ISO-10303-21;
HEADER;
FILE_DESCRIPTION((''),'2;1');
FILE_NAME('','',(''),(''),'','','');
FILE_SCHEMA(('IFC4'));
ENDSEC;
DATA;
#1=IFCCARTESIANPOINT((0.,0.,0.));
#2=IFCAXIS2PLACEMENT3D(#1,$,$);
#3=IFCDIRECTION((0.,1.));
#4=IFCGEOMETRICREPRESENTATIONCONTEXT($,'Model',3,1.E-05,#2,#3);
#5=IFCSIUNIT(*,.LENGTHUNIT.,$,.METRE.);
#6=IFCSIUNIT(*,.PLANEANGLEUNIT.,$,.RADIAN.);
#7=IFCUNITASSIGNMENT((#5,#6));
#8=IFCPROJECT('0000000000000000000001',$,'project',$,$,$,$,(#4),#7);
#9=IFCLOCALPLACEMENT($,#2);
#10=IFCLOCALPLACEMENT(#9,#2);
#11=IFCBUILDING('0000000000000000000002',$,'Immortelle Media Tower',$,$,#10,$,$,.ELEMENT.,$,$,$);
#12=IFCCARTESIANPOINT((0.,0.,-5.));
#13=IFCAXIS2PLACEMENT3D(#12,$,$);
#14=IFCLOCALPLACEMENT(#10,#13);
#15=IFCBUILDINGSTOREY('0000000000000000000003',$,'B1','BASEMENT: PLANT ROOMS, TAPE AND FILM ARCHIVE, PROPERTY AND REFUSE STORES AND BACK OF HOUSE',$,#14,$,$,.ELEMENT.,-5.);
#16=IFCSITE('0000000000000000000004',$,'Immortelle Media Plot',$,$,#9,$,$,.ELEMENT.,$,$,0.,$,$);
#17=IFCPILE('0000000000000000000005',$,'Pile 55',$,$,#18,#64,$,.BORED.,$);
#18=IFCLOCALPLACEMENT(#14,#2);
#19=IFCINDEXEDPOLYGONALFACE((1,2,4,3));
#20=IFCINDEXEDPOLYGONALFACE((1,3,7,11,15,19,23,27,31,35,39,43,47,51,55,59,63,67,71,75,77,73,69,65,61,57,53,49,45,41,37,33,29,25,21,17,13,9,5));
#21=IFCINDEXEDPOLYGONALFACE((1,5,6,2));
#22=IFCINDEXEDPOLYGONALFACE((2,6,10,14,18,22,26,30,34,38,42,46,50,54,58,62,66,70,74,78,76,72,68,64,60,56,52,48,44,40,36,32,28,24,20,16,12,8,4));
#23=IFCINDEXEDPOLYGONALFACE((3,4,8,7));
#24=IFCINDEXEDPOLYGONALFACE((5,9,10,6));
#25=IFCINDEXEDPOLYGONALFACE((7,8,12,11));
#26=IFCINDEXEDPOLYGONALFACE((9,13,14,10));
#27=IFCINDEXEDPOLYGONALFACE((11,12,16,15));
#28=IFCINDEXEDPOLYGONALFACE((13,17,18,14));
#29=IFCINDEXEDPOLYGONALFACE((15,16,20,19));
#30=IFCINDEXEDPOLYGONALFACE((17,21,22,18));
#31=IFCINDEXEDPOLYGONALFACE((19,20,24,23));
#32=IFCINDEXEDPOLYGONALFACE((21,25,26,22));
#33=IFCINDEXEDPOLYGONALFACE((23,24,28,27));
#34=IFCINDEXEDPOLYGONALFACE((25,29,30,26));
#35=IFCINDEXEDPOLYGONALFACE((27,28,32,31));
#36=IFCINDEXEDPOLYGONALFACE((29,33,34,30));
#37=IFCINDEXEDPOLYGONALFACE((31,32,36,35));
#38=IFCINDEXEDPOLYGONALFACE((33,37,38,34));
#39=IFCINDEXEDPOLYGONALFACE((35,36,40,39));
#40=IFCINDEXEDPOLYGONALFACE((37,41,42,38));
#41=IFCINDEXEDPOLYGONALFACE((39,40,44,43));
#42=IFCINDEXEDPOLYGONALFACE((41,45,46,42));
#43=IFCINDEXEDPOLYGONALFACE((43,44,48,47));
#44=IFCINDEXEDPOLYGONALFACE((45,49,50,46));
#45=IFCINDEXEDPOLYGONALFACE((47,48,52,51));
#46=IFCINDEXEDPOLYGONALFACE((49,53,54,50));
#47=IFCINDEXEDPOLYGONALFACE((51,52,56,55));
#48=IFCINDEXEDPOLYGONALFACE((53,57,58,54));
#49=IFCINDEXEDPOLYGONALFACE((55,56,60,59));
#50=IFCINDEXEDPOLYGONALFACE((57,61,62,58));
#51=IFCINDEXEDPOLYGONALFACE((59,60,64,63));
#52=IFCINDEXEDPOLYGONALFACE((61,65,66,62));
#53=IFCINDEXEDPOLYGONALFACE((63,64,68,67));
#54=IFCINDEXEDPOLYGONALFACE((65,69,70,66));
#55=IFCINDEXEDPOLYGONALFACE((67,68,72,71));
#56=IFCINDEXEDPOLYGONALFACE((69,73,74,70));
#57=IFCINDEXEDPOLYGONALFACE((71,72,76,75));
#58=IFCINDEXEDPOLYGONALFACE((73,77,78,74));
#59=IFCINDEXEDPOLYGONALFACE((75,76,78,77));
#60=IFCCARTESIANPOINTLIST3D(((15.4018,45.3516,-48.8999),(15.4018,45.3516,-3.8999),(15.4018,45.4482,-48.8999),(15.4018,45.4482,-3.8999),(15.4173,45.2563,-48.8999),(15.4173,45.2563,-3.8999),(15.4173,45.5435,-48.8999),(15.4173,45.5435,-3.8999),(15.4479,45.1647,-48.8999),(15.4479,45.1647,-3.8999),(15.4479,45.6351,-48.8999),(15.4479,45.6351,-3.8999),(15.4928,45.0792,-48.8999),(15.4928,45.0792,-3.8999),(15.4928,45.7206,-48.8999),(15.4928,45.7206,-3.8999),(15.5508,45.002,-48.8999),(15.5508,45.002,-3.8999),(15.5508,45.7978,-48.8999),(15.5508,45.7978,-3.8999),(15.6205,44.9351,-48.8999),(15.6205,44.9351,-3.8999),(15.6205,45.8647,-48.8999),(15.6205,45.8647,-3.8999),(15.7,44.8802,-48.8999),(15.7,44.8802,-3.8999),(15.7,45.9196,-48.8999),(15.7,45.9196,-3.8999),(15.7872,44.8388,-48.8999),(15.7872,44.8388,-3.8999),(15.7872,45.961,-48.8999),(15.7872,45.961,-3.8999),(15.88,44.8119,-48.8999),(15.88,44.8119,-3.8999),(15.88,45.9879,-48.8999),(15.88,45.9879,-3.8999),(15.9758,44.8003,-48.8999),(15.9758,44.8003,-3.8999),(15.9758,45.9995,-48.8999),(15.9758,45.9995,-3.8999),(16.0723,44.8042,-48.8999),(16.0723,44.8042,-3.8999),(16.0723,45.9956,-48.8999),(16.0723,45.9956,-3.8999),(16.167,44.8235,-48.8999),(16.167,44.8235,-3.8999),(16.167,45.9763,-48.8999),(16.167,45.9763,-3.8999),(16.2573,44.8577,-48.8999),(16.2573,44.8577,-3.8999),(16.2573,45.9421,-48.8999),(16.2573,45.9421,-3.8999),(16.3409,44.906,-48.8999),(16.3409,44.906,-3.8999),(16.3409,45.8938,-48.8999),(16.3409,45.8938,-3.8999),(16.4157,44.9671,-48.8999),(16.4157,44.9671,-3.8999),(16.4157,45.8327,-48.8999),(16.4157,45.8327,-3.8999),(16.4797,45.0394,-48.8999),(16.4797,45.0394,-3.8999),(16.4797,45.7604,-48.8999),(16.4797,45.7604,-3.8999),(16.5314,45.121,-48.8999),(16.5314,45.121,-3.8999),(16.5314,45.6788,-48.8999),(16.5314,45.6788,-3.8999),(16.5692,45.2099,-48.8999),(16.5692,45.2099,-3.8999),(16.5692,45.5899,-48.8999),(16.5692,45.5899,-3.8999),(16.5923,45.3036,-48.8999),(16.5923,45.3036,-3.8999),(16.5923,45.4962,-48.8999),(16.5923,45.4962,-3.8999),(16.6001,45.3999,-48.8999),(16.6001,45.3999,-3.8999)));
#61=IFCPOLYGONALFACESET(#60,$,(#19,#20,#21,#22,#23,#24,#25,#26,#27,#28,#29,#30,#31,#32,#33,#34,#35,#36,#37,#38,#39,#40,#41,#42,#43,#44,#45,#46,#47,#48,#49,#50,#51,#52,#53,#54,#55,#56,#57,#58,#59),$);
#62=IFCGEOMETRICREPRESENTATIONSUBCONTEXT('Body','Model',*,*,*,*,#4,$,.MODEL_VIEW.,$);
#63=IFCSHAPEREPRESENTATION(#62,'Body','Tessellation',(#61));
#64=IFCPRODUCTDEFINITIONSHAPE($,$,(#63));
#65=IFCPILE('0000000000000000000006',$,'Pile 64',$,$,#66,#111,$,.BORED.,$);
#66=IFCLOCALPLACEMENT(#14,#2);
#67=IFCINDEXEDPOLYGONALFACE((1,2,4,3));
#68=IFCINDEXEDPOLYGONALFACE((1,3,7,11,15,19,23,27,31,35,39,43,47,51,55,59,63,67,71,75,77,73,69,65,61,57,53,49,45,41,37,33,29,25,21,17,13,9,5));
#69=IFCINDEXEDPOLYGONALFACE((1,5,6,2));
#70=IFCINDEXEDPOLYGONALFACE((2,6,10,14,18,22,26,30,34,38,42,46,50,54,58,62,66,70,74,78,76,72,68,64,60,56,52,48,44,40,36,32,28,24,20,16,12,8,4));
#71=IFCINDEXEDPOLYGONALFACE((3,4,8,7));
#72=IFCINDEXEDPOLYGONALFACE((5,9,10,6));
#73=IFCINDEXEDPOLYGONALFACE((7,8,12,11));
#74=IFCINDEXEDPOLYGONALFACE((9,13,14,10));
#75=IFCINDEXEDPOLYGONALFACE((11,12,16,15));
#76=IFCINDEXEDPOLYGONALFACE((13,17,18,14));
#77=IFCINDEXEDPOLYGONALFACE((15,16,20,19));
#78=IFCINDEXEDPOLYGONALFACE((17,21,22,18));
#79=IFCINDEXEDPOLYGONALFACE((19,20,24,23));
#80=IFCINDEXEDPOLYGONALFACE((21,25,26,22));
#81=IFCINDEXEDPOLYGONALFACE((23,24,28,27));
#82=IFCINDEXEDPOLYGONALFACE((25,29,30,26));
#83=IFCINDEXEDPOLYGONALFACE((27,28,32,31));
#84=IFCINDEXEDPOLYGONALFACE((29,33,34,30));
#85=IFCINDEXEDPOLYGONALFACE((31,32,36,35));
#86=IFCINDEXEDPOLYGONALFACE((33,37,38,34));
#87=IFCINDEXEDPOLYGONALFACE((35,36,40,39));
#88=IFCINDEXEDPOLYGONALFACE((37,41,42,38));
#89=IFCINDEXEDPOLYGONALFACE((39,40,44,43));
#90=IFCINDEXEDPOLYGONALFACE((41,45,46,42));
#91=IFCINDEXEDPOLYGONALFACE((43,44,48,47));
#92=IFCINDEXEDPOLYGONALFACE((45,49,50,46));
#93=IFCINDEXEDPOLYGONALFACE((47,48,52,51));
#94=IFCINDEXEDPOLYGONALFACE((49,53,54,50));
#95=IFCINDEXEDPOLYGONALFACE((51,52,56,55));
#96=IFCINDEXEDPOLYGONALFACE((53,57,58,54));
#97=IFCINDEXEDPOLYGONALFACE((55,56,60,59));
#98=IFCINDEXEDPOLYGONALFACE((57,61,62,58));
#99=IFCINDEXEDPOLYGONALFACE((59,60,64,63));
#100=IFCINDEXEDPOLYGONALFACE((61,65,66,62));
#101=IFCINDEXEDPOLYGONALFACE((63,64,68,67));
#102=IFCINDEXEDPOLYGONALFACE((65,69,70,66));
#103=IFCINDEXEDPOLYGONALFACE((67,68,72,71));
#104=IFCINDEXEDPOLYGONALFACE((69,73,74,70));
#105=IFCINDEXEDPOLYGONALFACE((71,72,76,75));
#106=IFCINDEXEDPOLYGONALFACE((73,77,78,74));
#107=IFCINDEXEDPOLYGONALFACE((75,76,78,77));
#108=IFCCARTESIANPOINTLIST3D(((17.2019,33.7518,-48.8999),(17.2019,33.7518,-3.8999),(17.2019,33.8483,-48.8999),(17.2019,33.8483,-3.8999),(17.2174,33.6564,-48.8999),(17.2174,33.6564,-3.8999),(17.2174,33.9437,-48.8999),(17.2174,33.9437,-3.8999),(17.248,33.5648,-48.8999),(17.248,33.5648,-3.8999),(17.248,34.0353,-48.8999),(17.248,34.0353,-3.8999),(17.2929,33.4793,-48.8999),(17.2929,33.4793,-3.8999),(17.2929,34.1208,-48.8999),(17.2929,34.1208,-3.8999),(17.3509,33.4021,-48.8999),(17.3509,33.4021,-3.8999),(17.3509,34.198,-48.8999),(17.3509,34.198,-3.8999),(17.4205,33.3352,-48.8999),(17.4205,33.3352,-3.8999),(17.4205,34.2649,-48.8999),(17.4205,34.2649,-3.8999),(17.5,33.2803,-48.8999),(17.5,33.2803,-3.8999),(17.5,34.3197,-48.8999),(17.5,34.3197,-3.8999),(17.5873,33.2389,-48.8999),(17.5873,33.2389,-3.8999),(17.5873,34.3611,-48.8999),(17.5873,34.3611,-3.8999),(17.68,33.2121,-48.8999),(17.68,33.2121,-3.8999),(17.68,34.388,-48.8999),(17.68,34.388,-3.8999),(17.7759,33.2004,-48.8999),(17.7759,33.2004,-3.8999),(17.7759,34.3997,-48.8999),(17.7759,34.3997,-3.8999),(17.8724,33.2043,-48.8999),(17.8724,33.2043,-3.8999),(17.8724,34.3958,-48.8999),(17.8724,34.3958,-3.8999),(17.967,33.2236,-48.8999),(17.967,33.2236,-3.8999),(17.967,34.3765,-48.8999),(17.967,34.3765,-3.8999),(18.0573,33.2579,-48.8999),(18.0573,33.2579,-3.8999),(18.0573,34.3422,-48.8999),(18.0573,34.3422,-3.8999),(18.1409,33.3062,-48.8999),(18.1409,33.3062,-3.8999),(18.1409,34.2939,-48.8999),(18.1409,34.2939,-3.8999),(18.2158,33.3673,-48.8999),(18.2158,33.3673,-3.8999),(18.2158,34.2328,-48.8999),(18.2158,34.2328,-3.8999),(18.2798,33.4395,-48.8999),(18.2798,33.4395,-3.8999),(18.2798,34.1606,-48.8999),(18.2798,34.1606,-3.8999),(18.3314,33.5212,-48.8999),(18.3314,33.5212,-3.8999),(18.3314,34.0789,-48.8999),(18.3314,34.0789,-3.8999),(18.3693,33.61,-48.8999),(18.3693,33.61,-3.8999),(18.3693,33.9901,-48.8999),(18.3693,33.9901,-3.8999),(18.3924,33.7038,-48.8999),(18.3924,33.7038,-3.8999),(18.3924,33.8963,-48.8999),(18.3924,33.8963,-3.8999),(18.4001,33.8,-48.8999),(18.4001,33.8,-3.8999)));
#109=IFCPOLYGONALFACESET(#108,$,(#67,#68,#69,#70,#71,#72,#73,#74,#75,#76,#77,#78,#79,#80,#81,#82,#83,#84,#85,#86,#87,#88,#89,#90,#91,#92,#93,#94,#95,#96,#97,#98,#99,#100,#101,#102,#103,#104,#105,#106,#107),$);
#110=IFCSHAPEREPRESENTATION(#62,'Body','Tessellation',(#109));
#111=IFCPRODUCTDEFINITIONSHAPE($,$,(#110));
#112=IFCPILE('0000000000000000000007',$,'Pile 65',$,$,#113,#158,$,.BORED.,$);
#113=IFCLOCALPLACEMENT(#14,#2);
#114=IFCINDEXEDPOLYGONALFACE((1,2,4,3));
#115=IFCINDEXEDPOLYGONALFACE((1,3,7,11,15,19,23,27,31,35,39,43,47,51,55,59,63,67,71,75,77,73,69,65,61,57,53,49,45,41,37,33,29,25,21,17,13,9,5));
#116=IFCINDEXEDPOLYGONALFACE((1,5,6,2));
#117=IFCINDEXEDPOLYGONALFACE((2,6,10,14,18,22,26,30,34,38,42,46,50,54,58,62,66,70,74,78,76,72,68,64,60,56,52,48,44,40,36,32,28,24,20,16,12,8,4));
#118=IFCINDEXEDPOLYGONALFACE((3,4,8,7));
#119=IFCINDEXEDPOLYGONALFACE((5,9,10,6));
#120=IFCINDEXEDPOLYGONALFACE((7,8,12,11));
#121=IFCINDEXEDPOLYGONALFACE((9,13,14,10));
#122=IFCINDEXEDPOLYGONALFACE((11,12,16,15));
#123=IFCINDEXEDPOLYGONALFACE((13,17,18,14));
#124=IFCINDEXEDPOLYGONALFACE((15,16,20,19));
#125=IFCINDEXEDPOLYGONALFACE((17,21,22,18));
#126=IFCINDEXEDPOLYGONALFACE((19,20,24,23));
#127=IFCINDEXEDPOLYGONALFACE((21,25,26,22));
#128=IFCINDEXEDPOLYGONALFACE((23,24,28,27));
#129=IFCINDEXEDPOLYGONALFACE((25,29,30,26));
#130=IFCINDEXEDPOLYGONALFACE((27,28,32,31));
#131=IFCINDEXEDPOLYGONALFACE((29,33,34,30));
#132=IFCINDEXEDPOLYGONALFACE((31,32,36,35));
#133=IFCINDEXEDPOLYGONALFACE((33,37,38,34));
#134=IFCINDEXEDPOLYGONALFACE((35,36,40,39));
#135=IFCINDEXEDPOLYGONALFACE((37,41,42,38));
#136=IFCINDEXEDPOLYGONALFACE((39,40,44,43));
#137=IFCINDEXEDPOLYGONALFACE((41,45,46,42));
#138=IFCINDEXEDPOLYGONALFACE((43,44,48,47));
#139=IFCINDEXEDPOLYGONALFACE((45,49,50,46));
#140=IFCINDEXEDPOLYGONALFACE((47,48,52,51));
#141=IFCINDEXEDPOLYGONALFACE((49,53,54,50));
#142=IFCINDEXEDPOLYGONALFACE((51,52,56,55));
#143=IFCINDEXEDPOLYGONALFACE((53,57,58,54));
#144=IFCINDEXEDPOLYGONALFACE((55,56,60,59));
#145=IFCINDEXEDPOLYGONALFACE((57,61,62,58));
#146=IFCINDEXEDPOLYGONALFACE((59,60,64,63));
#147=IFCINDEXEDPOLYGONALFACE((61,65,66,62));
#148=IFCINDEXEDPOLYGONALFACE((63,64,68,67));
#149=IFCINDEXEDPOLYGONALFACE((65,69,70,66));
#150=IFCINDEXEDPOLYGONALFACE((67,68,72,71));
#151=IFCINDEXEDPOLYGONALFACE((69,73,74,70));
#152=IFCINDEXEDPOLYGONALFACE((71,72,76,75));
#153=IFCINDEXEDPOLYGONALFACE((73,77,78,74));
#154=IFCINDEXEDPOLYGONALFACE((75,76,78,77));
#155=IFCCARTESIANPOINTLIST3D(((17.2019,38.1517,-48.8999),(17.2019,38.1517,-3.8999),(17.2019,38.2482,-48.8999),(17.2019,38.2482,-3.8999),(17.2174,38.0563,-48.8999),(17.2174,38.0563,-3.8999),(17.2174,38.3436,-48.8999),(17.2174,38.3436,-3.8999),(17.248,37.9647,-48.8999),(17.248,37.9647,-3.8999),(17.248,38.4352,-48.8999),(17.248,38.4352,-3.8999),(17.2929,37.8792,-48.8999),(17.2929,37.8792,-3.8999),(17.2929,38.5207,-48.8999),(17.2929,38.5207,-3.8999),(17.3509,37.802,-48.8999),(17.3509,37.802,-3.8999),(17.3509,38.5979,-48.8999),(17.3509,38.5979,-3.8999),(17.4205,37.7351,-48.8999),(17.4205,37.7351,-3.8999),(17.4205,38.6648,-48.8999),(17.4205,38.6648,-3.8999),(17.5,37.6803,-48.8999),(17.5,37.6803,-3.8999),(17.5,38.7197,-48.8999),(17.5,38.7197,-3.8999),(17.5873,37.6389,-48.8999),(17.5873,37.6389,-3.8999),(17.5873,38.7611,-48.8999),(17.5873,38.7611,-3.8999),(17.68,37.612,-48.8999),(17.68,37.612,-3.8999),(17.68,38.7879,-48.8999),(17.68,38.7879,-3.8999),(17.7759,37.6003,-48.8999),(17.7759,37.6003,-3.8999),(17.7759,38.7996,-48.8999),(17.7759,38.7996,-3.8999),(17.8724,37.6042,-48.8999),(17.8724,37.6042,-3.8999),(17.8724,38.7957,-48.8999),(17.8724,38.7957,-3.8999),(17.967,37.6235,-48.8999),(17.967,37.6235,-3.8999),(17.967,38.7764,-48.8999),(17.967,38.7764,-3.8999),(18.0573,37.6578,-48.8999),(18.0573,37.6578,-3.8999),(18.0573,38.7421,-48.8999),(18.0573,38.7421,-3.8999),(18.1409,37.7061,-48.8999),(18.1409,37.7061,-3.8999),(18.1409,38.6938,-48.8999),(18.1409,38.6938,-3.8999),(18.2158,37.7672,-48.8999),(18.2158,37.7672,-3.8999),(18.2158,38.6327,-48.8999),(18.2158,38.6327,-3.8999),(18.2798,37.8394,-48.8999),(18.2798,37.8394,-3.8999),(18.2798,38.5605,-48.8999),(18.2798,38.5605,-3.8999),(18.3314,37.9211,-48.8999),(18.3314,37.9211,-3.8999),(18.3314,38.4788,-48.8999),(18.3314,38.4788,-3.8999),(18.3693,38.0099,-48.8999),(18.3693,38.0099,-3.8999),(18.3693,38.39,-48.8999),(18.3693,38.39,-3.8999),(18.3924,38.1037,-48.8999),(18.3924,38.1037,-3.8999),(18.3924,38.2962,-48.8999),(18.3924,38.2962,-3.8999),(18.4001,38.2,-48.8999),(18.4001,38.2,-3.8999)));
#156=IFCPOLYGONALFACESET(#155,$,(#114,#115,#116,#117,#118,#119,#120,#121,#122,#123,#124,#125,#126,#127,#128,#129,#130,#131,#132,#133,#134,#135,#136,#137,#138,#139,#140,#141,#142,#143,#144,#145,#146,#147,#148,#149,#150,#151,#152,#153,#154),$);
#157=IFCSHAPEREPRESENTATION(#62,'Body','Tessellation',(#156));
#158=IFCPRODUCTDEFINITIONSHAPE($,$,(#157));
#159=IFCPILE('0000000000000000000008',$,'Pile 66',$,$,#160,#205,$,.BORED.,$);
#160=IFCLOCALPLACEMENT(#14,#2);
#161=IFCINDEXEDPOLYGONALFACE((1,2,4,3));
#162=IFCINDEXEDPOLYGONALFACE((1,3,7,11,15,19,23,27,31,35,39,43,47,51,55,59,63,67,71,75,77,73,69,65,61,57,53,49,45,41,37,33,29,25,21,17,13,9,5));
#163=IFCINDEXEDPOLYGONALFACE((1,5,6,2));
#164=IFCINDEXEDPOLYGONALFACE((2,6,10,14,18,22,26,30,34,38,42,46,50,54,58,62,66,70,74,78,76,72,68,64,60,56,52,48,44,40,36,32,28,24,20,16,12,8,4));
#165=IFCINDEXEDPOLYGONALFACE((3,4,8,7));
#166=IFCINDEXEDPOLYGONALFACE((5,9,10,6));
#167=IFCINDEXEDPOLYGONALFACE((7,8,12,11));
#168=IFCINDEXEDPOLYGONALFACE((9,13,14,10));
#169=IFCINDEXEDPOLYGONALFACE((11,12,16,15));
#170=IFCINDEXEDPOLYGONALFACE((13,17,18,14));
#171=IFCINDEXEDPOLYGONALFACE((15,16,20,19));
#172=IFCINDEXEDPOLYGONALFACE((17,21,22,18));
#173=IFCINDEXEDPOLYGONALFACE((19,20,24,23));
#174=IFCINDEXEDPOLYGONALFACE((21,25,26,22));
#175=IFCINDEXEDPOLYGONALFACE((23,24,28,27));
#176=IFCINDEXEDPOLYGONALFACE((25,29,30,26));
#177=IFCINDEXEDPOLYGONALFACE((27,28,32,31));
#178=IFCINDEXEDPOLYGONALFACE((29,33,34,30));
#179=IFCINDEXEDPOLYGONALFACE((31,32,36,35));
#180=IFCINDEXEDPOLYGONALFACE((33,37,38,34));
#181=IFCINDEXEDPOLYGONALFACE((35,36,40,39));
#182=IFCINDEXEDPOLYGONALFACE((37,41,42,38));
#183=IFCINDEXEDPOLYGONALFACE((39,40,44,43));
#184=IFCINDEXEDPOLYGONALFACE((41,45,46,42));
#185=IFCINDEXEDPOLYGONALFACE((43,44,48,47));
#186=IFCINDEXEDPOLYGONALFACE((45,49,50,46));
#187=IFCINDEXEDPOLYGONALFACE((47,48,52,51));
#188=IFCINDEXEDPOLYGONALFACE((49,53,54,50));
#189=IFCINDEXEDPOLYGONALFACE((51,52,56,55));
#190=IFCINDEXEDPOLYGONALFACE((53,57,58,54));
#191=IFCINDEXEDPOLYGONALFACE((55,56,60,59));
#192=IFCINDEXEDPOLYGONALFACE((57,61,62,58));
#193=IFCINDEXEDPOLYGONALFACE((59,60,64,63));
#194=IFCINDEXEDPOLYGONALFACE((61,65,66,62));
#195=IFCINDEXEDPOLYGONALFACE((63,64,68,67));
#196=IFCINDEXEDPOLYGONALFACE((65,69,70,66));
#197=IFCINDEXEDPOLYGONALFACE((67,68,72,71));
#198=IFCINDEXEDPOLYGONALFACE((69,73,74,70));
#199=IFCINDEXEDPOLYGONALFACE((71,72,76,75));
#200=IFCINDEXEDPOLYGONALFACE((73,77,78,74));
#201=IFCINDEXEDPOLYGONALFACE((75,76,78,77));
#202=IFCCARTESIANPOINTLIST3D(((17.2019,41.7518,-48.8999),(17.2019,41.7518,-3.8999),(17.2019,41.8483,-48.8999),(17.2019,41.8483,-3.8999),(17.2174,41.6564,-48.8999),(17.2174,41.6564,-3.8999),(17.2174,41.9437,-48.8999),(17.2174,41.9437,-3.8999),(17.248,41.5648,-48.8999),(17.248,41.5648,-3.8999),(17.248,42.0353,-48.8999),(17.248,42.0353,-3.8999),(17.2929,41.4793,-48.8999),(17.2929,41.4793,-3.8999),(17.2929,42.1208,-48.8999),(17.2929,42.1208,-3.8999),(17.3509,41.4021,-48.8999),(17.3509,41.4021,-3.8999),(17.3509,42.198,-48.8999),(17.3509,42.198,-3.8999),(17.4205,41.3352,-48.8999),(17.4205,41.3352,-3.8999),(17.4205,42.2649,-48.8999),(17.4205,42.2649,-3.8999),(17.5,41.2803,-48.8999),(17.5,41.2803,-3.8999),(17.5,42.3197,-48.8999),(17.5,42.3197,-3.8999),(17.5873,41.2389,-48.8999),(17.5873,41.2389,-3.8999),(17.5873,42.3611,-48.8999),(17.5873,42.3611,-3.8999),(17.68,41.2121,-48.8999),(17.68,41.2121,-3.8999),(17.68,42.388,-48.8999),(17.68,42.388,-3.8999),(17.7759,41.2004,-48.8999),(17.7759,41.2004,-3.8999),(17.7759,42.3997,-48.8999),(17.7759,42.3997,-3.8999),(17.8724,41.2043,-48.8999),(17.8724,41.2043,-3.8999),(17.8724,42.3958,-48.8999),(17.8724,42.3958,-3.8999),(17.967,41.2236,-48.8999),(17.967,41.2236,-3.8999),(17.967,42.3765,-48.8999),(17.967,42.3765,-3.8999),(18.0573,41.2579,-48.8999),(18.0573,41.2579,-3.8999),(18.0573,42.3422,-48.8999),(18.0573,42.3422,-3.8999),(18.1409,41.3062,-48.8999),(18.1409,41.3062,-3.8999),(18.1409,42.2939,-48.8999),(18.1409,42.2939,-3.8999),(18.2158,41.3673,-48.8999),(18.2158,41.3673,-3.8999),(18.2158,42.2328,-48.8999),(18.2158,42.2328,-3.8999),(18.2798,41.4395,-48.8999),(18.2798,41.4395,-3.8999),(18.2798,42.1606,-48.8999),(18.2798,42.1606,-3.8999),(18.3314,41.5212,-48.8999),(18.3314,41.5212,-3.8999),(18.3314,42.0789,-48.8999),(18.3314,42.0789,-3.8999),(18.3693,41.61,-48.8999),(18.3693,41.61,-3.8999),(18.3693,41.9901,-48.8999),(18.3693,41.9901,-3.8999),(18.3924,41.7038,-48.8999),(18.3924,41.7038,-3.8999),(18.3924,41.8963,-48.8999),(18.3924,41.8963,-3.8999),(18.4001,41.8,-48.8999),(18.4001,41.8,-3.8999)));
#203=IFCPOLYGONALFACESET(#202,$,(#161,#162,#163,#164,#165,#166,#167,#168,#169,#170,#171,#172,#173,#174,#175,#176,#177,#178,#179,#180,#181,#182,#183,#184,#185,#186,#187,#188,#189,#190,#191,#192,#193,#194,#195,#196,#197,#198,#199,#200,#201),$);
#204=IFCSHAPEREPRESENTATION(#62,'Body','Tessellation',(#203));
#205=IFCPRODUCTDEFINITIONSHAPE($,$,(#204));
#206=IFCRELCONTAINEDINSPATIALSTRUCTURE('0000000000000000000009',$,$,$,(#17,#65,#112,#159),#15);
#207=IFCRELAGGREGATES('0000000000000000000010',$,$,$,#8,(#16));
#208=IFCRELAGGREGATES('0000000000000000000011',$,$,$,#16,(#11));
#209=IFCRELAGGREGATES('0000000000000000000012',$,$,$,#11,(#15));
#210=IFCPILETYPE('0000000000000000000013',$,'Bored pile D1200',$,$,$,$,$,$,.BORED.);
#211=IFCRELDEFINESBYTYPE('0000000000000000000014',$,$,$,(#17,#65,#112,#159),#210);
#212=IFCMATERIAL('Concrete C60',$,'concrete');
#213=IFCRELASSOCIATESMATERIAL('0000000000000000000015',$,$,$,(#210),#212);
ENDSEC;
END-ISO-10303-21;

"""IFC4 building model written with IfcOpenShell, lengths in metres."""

from ifc_helpers import new_model, si_unit, direction, frame, origin, origin_2d, place, context, subcontext, project, spatial, circle, extrude, material, material_profile, profile_set, type_object, element, save


model = new_model("IFC4")

# Units and contexts
model_context = context("Model", 3, precision=1e-05, world=origin(), true_north=direction((0.0, 1.0)))
body_context = subcontext(model_context, "Body", "Model", "MODEL_VIEW")
ifc_project = project(units=[si_unit("LENGTHUNIT", "METRE"), si_unit("PLANEANGLEUNIT", "RADIAN")], contexts=[model_context])

# Site, building, storey
site_placement = place(None, origin())
site = spatial("IfcSite", under=ifc_project, at=site_placement, Name="Immortelle Media Plot", CompositionType="ELEMENT", RefElevation=0.0)
building_placement = place(site_placement, origin())
building = spatial("IfcBuilding", under=site, at=building_placement, Name="Immortelle Media Tower", CompositionType="ELEMENT")
storey_placement = place(building_placement, frame((0.0, 0.0, -5.0)))
storey = spatial("IfcBuildingStorey", under=building, at=storey_placement, Name="B1", Description="BASEMENT: PLANT ROOMS, TAPE AND FILM ARCHIVE, PROPERTY AND REFUSE STORES AND BACK OF HOUSE", CompositionType="ELEMENT", Elevation=-5.0)

# Piles
ifc_material_1 = material(Name="Concrete C60", Category="concrete")
ifc_material_profile_1 = material_profile(ifc_material_1, circle(Radius=0.6001, at=origin_2d()), Name="Bored pile D1200")
ifc_profile_set_1 = profile_set([ifc_material_profile_1], Name="Concrete C60")
pile_type = type_object("IfcPileType", Name="Bored pile D1200", PredefinedType="BORED", material=ifc_profile_set_1)
for number, where, z_axis, x_axis, name in (
    (1, (16.0, 45.3999, -3.8999), (0.0, 0.0, -1.0), (1.0, 0.0, 0.0), "Pile 55"),
    (2, (17.8, 33.8, -3.8999), (0.0, 0.0, -1.0), (1.0, 0.0, 0.0), "Pile 64"),
    (3, (17.8, 38.2, -3.8999), (0.0, 0.0, -1.0), (1.0, 0.0, 0.0), "Pile 65"),
    (4, (17.8, 41.8, -3.8999), (0.0, 0.0, -1.0), (1.0, 0.0, 0.0), "Pile 66"),
):
    element("IfcPile", number, at=place(storey_placement, frame(where, z_axis=z_axis, x_axis=x_axis)), inside=storey, type_object=pile_type, Name=name, PredefinedType="BORED", context=body_context, shape_type="SweptSolid", body=[
        extrude(circle(Radius=0.6001, at=origin_2d()), origin(), (0.0, 0.0, 1.0), 45.0),
    ])

save(model, "model.ifc")
